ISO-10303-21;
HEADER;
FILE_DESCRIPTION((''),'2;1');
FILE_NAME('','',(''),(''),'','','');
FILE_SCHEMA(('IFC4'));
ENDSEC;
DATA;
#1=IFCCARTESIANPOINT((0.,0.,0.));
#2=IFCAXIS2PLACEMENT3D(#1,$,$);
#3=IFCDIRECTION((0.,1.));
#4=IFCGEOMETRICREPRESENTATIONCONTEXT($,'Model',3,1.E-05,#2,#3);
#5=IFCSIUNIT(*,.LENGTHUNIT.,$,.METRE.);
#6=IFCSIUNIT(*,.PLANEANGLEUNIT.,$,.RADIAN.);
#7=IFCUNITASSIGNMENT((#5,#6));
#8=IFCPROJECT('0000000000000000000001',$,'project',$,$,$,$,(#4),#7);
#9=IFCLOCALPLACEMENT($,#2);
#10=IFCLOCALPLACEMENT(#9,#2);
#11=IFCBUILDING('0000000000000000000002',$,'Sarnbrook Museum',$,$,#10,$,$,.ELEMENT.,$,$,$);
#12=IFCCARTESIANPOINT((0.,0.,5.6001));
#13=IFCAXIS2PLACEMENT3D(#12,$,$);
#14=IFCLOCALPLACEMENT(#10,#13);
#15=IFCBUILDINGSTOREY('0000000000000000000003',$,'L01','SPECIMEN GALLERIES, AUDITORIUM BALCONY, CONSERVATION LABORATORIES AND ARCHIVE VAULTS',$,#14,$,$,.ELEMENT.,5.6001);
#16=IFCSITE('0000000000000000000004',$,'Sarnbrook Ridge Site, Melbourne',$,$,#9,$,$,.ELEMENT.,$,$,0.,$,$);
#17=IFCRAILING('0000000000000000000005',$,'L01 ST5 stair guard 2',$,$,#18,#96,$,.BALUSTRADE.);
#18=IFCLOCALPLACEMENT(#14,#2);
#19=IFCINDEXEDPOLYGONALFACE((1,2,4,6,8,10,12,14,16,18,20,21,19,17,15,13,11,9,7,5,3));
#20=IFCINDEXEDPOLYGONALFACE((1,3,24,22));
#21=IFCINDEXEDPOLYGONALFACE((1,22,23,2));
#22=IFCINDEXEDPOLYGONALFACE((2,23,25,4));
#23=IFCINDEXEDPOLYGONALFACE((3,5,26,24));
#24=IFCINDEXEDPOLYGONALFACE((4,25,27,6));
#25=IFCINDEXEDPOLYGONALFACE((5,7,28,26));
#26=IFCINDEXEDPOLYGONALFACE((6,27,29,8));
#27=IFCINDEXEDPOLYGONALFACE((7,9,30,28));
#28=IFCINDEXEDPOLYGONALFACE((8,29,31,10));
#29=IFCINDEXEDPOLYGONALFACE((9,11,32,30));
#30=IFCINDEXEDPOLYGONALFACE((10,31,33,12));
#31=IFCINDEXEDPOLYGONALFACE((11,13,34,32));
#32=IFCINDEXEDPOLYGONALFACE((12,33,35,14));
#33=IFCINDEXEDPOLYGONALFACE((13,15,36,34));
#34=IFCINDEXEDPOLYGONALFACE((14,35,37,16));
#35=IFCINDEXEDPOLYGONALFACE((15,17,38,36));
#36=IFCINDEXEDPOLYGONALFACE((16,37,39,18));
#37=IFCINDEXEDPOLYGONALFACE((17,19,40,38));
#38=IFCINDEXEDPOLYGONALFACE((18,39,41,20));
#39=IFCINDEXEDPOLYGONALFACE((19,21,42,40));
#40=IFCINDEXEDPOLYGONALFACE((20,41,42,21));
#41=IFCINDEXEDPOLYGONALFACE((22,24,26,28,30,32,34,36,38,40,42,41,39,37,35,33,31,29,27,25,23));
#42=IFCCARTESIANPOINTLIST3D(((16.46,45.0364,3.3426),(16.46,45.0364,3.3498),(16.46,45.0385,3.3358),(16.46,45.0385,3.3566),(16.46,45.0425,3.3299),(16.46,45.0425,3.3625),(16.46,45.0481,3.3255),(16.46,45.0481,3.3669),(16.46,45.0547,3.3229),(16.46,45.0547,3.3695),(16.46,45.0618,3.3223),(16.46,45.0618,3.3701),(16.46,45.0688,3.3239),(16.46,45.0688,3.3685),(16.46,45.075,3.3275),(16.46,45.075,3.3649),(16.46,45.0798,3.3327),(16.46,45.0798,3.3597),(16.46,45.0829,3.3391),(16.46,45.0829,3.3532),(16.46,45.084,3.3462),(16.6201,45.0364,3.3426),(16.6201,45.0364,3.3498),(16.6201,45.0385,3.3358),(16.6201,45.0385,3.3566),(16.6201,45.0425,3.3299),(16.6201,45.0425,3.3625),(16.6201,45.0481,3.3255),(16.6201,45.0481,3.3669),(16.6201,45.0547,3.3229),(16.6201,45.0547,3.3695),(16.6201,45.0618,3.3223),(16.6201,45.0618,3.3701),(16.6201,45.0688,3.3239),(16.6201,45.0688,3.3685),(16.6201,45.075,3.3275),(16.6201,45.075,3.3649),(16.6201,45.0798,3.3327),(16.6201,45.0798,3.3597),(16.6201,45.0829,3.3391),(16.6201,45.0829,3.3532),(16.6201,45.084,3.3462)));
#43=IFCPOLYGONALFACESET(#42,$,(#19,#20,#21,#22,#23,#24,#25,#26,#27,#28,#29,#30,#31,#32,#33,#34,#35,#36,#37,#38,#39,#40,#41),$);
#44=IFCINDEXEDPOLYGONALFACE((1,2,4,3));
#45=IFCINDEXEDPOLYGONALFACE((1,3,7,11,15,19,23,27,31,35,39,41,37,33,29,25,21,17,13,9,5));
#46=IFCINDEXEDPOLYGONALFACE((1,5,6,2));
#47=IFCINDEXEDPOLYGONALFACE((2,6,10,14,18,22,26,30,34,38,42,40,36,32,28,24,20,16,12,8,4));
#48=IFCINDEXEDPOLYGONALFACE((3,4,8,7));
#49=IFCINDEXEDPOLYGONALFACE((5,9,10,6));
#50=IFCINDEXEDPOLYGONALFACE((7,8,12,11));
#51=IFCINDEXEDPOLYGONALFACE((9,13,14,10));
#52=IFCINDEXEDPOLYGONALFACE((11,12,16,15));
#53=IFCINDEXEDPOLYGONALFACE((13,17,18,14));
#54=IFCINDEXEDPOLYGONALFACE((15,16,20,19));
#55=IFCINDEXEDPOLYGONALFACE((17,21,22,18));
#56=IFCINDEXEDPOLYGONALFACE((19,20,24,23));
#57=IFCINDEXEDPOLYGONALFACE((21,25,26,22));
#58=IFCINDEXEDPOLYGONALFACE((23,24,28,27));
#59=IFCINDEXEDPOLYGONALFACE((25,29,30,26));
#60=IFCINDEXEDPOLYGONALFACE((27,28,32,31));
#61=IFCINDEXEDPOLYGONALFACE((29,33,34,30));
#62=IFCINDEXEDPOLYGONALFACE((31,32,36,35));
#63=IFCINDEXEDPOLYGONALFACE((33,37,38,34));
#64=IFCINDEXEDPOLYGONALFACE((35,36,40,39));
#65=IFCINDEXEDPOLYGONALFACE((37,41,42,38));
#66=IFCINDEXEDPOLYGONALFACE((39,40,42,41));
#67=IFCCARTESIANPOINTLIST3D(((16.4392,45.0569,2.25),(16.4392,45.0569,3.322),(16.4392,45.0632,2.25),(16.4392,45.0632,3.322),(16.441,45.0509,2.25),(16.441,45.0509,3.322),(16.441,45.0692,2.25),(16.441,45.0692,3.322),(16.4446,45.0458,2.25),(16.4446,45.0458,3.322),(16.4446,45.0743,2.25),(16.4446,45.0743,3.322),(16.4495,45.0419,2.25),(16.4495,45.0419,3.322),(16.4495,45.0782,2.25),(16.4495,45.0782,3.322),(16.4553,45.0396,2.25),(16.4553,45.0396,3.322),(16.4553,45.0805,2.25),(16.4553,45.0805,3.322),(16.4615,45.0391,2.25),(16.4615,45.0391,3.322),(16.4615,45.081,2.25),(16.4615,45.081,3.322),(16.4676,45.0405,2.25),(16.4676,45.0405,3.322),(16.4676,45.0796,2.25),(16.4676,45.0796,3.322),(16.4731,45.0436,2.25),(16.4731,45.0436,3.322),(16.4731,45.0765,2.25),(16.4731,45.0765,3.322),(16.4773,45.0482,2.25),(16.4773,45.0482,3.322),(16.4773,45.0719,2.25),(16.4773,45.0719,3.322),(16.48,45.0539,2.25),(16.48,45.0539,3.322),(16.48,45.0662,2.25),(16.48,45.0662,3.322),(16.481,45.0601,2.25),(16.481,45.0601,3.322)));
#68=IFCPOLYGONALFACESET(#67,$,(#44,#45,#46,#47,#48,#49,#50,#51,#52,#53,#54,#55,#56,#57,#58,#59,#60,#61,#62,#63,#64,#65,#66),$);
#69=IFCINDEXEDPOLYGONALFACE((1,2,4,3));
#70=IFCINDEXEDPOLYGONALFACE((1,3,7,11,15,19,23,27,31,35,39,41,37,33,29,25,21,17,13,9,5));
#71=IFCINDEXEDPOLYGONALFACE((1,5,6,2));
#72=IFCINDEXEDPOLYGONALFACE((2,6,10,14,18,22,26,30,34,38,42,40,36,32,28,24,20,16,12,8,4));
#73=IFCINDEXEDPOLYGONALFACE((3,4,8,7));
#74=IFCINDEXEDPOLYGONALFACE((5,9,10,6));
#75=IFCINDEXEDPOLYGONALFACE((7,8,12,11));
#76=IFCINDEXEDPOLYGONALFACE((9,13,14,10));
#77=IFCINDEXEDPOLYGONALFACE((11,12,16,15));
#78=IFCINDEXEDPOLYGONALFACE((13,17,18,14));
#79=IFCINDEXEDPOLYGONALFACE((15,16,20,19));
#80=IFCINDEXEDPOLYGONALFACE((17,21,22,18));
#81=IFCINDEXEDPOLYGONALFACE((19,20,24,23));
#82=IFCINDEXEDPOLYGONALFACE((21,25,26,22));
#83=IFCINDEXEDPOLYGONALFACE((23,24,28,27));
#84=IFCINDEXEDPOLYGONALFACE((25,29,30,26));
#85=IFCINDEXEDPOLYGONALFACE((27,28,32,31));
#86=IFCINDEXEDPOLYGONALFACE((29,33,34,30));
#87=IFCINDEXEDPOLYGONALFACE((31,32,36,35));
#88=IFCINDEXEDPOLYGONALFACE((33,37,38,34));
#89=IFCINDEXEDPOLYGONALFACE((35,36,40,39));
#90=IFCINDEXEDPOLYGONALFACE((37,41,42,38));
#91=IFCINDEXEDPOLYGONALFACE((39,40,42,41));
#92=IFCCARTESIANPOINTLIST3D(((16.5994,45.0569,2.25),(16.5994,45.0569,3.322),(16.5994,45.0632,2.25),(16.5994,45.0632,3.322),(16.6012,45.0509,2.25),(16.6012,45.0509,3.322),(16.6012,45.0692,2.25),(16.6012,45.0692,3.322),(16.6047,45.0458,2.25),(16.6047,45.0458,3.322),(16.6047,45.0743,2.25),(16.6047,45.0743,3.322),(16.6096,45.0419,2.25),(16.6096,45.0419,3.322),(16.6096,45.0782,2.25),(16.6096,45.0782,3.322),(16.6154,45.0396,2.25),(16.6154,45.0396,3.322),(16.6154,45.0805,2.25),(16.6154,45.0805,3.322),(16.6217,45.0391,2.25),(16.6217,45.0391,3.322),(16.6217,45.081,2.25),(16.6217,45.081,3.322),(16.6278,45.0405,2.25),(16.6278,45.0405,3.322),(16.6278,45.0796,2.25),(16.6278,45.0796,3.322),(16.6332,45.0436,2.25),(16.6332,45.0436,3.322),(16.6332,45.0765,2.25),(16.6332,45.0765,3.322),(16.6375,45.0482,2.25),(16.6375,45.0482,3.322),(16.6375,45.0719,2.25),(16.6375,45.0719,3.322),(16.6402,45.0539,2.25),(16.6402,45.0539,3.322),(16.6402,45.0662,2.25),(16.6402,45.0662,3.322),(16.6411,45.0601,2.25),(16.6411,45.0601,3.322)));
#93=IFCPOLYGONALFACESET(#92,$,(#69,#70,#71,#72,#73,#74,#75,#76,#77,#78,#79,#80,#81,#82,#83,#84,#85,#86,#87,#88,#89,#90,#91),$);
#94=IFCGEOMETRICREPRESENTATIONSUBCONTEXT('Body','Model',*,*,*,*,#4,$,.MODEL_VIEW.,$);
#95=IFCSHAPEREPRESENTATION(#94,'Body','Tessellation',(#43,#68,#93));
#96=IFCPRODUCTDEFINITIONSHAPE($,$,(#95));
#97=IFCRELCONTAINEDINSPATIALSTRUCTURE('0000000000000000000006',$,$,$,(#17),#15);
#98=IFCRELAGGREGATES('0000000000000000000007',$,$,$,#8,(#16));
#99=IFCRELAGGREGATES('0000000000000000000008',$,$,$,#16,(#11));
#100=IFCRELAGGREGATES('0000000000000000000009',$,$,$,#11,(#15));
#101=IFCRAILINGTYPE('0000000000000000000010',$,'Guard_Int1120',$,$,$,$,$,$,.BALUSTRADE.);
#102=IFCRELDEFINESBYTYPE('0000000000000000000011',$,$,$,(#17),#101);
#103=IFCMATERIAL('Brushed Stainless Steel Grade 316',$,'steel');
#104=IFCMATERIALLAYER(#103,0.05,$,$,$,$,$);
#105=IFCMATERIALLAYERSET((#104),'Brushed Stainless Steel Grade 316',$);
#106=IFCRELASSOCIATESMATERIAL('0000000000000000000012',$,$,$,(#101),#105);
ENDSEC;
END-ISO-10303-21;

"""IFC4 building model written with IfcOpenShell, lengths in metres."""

from ifc_helpers import new_model, si_unit, direction, frame, origin, origin_2d, place, context, subcontext, project, spatial, circle, extrude, material, layer, layer_set, type_object, element, save


model = new_model("IFC4")

# Units and contexts
model_context = context("Model", 3, precision=1e-05, world=origin(), true_north=direction((0.0, 1.0)))
body_context = subcontext(model_context, "Body", "Model", "MODEL_VIEW")
ifc_project = project(units=[si_unit("LENGTHUNIT", "METRE"), si_unit("PLANEANGLEUNIT", "RADIAN")], contexts=[model_context])

# Site, building, storey
site_placement = place(None, origin())
site = spatial("IfcSite", under=ifc_project, at=site_placement, Name="Sarnbrook Ridge Site, Melbourne", CompositionType="ELEMENT", RefElevation=0.0)
building_placement = place(site_placement, origin())
building = spatial("IfcBuilding", under=site, at=building_placement, Name="Sarnbrook Museum", CompositionType="ELEMENT")
storey_placement = place(building_placement, frame((0.0, 0.0, 5.6001)))
storey = spatial("IfcBuildingStorey", under=building, at=storey_placement, Name="L01", Description="SPECIMEN GALLERIES, AUDITORIUM BALCONY, CONSERVATION LABORATORIES AND ARCHIVE VAULTS", CompositionType="ELEMENT", Elevation=5.6001)

# Railing
ifc_material_1 = material(Name="Brushed Stainless Steel Grade 316", Category="steel")
ifc_layer_1 = layer(ifc_material_1, 0.05)
ifc_layer_set_1 = layer_set([ifc_layer_1], Name="Brushed Stainless Steel Grade 316")
railing_type_1 = type_object("IfcRailingType", Name="Guard_Int1120", PredefinedType="BALUSTRADE", material=ifc_layer_set_1)
railing_1_placement = place(storey_placement, frame((16.46, 45.0601, 2.25)))
element("IfcRailing", 1, at=railing_1_placement, inside=storey, type_object=railing_type_1, Name="L01 ST5 stair guard 2", PredefinedType="BALUSTRADE", context=body_context, shape_type="SweptSolid", body=[
    extrude(circle(Radius=0.0239, at=origin_2d()), frame((0.0, 0.0, 1.0962), z_axis=(1.0, 0.0, 0.0), x_axis=(0.0, 1.0, 0.0)), (0.0, 0.0, 1.0), 0.1602),
    extrude(circle(Radius=0.021, at=origin_2d()), origin(), (0.0, 0.0, 1.0), 1.072),
    extrude(circle(Radius=0.021, at=origin_2d()), frame((0.1602, 0.0, 0.0)), (0.0, 0.0, 1.0), 1.072),
])

save(model, "model.ifc")
